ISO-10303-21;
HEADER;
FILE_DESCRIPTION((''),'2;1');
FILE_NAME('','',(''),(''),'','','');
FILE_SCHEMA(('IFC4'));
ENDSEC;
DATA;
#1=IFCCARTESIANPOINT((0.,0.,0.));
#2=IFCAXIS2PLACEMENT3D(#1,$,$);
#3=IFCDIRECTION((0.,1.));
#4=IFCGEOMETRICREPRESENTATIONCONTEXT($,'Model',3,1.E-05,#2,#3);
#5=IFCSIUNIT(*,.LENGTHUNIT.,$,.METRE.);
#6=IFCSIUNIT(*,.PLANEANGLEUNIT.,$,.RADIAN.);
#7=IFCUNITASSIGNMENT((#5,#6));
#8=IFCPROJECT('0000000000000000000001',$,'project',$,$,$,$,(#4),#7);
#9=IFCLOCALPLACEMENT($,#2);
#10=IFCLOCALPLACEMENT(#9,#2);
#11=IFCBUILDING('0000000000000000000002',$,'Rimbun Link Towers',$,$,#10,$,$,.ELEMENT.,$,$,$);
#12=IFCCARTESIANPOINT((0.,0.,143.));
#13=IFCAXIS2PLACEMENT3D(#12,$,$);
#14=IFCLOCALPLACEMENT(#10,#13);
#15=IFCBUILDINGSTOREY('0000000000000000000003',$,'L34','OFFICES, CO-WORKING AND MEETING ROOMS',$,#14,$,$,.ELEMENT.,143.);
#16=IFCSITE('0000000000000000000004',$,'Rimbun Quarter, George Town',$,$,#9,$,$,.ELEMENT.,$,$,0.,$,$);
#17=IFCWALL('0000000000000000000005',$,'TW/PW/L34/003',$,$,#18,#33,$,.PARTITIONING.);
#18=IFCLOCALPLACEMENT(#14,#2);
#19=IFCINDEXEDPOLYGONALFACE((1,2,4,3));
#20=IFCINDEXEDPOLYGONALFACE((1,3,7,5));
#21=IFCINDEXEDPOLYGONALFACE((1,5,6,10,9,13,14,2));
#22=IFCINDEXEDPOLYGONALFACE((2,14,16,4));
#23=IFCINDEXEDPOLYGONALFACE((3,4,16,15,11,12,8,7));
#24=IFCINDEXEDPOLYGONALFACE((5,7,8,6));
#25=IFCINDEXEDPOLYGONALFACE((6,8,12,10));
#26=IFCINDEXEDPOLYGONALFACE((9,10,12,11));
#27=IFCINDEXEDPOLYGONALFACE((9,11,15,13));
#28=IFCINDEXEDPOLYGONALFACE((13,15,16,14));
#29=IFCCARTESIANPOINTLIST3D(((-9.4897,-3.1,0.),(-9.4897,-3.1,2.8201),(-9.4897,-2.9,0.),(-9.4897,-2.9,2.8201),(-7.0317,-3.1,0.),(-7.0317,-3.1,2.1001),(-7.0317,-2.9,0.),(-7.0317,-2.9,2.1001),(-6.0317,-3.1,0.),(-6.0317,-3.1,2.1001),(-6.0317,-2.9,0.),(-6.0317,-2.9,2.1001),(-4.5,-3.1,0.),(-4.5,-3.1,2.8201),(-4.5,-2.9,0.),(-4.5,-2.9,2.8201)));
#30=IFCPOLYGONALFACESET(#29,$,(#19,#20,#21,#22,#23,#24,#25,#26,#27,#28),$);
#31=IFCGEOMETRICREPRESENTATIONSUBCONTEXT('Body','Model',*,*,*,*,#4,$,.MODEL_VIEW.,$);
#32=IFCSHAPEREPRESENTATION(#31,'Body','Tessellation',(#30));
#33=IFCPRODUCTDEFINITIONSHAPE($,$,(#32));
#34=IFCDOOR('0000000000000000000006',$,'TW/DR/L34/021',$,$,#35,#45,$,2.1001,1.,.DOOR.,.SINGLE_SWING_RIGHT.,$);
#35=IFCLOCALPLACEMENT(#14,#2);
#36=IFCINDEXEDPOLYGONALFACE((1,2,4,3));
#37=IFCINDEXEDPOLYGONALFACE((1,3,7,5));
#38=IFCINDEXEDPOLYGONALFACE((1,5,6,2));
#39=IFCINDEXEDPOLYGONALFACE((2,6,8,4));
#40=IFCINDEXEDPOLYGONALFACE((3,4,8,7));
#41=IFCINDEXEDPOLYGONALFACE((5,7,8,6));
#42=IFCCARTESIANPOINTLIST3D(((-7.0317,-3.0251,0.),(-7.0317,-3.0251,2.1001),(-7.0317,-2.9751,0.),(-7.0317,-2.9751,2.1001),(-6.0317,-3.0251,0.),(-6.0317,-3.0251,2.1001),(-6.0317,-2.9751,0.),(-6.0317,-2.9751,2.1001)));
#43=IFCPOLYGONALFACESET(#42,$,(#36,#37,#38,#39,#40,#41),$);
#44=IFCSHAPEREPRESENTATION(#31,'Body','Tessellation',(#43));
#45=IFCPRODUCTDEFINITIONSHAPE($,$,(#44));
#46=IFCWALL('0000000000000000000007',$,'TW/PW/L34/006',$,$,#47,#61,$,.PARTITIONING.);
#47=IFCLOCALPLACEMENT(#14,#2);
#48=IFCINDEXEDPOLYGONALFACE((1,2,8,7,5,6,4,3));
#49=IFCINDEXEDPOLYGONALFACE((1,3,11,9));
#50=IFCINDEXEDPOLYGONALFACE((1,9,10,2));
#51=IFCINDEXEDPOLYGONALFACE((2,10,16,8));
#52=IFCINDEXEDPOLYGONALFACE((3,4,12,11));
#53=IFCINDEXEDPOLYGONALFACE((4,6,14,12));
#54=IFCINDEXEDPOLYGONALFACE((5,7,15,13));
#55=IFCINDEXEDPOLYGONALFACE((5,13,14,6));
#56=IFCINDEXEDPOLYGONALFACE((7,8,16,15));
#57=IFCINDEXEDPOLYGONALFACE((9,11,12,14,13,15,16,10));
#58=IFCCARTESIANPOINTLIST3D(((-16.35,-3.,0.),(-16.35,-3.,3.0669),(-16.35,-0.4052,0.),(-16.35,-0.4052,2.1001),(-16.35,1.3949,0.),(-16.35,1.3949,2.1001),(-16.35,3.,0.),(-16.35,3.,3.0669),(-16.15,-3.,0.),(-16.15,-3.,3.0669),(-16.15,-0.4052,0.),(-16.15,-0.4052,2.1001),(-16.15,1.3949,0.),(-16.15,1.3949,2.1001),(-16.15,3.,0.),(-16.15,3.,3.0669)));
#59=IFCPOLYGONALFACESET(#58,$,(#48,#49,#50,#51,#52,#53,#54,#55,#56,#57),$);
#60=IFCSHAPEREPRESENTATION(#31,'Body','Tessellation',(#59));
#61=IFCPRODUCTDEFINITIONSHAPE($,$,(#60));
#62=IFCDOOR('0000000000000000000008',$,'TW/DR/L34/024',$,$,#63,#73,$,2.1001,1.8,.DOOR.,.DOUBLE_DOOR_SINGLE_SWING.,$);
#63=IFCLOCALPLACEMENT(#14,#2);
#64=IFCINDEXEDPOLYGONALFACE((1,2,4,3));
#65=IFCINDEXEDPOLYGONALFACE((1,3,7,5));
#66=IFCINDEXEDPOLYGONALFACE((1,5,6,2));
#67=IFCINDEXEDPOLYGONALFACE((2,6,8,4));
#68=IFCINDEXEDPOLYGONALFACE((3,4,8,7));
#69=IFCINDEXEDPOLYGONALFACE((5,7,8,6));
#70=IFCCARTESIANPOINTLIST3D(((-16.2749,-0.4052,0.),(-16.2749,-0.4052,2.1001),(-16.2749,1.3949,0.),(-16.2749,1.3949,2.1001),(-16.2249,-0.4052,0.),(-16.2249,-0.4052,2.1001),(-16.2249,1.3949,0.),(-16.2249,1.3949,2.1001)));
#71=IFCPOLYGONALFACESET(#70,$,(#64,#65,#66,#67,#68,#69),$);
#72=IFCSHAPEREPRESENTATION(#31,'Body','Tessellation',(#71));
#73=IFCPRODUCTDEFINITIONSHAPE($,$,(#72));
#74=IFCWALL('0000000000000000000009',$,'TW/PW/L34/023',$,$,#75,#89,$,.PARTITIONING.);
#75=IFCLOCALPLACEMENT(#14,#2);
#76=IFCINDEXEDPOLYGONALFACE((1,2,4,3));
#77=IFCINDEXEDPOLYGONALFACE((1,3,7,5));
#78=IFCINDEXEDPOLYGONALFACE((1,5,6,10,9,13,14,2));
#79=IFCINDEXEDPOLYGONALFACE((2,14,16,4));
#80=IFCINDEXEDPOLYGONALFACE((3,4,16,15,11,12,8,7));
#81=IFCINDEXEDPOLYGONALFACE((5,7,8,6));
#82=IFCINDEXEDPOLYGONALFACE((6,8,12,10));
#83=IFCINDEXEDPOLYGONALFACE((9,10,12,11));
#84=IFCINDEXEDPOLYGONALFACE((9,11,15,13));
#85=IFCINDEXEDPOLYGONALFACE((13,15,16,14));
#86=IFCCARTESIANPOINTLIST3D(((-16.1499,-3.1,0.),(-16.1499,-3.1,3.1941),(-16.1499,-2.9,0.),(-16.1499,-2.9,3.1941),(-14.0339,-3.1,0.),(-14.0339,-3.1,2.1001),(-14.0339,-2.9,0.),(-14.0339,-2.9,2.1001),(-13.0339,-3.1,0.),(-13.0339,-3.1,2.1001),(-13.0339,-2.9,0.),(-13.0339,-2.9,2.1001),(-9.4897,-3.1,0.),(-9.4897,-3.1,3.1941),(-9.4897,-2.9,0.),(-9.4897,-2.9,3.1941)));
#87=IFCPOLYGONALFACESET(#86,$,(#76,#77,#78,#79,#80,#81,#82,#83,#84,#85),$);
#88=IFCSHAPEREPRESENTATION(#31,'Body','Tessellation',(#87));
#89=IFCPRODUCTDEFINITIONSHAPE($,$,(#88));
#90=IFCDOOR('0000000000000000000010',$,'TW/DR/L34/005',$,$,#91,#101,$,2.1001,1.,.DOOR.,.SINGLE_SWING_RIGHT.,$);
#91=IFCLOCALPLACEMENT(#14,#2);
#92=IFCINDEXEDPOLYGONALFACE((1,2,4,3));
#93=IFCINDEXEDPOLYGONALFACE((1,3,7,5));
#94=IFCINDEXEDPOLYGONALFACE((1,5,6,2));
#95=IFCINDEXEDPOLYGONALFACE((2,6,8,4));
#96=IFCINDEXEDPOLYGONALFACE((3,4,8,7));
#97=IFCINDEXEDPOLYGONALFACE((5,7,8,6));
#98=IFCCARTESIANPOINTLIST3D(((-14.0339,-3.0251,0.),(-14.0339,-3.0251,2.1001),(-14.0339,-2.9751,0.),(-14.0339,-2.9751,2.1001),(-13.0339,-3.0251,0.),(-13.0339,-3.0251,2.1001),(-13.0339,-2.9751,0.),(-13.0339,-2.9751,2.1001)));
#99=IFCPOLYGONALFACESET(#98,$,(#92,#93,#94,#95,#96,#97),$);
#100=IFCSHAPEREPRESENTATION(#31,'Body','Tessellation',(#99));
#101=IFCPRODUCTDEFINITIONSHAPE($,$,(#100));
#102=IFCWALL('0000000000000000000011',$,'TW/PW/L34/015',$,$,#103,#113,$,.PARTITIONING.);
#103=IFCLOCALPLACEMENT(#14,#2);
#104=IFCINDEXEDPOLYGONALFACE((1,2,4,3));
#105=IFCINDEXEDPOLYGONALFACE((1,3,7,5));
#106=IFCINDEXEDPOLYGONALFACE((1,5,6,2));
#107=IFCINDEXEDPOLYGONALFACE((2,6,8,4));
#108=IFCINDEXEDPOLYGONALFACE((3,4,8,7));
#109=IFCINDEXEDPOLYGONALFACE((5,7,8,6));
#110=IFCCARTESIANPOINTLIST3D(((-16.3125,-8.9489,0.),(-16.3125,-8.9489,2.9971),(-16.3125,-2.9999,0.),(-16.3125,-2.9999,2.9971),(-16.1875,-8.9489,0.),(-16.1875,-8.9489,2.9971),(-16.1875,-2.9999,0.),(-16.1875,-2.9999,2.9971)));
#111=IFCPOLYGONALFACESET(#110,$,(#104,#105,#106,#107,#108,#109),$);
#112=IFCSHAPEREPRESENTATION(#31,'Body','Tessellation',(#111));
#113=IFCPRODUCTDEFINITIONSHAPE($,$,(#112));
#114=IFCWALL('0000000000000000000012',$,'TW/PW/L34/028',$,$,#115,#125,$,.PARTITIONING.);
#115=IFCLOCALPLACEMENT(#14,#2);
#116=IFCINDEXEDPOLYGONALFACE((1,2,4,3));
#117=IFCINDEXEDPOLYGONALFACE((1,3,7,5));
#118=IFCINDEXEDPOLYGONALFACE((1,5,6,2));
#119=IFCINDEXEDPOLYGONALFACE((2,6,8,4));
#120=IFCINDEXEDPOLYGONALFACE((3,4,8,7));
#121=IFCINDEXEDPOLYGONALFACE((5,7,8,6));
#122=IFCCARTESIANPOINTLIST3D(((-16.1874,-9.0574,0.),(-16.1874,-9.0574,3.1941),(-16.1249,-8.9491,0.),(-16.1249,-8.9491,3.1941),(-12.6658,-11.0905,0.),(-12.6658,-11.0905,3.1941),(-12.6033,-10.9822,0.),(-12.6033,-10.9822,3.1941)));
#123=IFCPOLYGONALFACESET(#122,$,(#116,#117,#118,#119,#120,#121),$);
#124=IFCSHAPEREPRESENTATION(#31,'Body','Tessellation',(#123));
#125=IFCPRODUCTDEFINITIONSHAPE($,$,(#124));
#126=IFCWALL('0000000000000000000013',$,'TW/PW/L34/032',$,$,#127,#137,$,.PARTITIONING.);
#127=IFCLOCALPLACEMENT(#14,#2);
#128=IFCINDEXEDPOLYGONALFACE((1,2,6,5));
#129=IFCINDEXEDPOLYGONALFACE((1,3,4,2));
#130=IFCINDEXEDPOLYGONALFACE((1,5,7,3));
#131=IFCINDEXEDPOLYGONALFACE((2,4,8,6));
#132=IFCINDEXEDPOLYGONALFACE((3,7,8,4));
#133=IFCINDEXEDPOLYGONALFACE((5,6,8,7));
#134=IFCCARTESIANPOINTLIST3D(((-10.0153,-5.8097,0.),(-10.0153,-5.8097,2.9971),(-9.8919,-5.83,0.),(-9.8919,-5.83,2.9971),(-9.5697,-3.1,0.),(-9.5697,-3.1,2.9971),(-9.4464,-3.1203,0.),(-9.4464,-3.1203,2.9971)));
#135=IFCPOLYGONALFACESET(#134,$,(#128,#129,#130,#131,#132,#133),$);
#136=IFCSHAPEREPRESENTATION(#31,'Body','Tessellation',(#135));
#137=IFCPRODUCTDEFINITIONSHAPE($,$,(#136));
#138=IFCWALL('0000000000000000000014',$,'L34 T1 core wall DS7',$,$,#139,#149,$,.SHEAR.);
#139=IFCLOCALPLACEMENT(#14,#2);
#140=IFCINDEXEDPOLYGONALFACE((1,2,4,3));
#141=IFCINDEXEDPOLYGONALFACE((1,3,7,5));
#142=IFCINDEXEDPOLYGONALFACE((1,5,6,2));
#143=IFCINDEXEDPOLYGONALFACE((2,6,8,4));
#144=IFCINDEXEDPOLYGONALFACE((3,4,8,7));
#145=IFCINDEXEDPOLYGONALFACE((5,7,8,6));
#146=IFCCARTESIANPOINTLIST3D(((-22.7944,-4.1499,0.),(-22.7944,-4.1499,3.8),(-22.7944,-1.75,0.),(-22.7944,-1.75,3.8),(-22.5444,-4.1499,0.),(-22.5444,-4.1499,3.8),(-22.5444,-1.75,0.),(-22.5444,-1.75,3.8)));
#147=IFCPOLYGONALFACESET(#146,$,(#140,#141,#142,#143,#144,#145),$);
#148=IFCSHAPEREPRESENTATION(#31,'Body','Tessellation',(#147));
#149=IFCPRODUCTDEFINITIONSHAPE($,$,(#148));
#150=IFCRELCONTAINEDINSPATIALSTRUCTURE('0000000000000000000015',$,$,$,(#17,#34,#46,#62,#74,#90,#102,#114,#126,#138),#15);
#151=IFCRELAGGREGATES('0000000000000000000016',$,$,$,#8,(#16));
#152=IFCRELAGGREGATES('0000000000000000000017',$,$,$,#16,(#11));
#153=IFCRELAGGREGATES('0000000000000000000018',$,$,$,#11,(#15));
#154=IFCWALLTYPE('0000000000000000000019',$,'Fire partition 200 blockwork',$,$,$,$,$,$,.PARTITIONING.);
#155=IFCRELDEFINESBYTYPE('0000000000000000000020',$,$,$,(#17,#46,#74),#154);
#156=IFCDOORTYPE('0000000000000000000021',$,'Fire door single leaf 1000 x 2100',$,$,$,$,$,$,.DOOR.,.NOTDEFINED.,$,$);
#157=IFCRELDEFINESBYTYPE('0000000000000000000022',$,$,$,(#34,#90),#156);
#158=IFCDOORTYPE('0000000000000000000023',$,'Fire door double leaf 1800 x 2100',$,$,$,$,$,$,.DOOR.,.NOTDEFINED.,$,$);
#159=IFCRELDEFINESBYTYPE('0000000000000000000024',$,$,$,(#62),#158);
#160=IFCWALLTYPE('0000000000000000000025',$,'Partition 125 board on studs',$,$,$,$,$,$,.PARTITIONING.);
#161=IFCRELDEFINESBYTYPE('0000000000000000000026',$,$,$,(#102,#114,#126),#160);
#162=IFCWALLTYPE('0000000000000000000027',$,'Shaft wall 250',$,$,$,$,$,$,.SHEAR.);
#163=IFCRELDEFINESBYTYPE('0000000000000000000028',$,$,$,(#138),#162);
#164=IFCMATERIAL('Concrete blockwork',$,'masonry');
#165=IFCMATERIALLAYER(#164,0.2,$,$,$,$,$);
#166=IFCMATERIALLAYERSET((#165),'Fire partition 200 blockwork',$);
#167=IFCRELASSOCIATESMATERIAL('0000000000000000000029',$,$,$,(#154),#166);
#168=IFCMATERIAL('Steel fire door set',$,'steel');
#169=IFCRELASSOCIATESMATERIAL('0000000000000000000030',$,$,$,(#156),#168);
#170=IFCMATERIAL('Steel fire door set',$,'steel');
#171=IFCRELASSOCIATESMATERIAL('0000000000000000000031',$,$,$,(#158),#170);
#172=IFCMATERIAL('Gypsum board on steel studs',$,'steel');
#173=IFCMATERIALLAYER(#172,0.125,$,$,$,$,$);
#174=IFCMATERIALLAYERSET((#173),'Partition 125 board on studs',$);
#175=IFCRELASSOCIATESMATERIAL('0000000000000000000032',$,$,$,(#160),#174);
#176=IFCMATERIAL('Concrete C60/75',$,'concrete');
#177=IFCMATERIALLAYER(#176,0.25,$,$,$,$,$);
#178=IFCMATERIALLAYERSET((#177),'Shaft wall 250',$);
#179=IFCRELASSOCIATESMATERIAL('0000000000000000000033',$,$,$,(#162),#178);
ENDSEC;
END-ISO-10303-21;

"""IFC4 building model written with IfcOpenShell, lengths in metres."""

from ifc_helpers import new_model, si_unit, direction, frame, frame_2d, origin, place, context, subcontext, project, spatial, rectangle, extrude, material, layer, layer_set, type_object, element, fill, save


model = new_model("IFC4")

# Units and contexts
model_context = context("Model", 3, precision=1e-05, world=origin(), true_north=direction((0.0, 1.0)))
body_context = subcontext(model_context, "Body", "Model", "MODEL_VIEW")
ifc_project = project(units=[si_unit("LENGTHUNIT", "METRE"), si_unit("PLANEANGLEUNIT", "RADIAN")], contexts=[model_context])

# Site, building, storey
site_placement = place(None, origin())
site = spatial("IfcSite", under=ifc_project, at=site_placement, Name="Rimbun Quarter, George Town", CompositionType="ELEMENT", RefElevation=0.0)
building_placement = place(site_placement, origin())
building = spatial("IfcBuilding", under=site, at=building_placement, Name="Rimbun Link Towers", CompositionType="ELEMENT")
storey_placement = place(building_placement, frame((0.0, 0.0, 143.0)))
storey = spatial("IfcBuildingStorey", under=building, at=storey_placement, Name="L34", Description="OFFICES, CO-WORKING AND MEETING ROOMS", CompositionType="ELEMENT", Elevation=143.0)

# Walls, openings, doors
ifc_material_1 = material(Name="Concrete blockwork", Category="masonry")
ifc_layer_1 = layer(ifc_material_1, 0.2)
ifc_layer_set_1 = layer_set([ifc_layer_1], Name="Fire partition 200 blockwork")
wall_type_1 = type_object("IfcWallType", Name="Fire partition 200 blockwork", PredefinedType="PARTITIONING", material=ifc_layer_set_1)
wall_1_placement = place(storey_placement, frame((-9.4897, -3.0, 0.0), z_axis=(0.0, 0.0, 1.0), x_axis=(1.0, 0.0, 0.0)))
wall_1 = element("IfcWall", 1, at=wall_1_placement, inside=storey, type_object=wall_type_1, Name="TW/PW/L34/003", PredefinedType="PARTITIONING", context=body_context, shape_type="SweptSolid", body=[
    extrude(rectangle(XDim=4.9897, YDim=0.2, at=frame_2d((2.4949, 0.0))), origin(), (0.0, 0.0, 1.0), 2.8201),
])
opening_1_placement = place(wall_1_placement, frame((2.458, 0.0, 0.0)))
opening_1 = element("IfcOpeningElement", 2, at=opening_1_placement, cuts=wall_1, PredefinedType="OPENING", context=body_context, shape_type="SweptSolid", body=[
    extrude(rectangle(XDim=1.0, YDim=2.1001, at=frame_2d((0.5, 1.05))), frame((0.0, 0.1099, 0.0), z_axis=(0.0, -1.0, 0.0), x_axis=(1.0, 0.0, 0.0)), (0.0, 0.0, 1.0), 0.22),
])
ifc_material_2 = material(Name="Steel fire door set", Category="steel")
door_type_1 = type_object("IfcDoorType", Name="Fire door single leaf 1000 x 2100", OperationType="NOTDEFINED", PredefinedType="DOOR", material=ifc_material_2)
door_1_placement = place(opening_1_placement, origin())
door_1 = element("IfcDoor", 3, at=door_1_placement, inside=storey, type_object=door_type_1, Name="TW/DR/L34/021", OperationType="SINGLE_SWING_RIGHT", OverallHeight=2.1001, OverallWidth=1.0, PredefinedType="DOOR", context=body_context, shape_type="SweptSolid", body=[
    extrude(rectangle(XDim=1.0, YDim=2.1001, at=frame_2d((0.5, 1.05))), frame((0.0, 0.0249, 0.0), z_axis=(0.0, -1.0, 0.0), x_axis=(1.0, 0.0, 0.0)), (0.0, 0.0, 1.0), 0.05),
])
fill(opening_1, door_1)
wall_2_placement = place(storey_placement, frame((-16.25, -3.0, 0.0), z_axis=(0.0, 0.0, 1.0), x_axis=(0.0, 1.0, 0.0)))
wall_2 = element("IfcWall", 4, at=wall_2_placement, inside=storey, type_object=wall_type_1, Name="TW/PW/L34/006", PredefinedType="PARTITIONING", context=body_context, shape_type="SweptSolid", body=[
    extrude(rectangle(XDim=6.0, YDim=0.2, at=frame_2d((3.0, 0.0))), origin(), (0.0, 0.0, 1.0), 3.0669),
])
opening_2_placement = place(wall_2_placement, frame((2.595, 0.0, 0.0)))
opening_2 = element("IfcOpeningElement", 5, at=opening_2_placement, cuts=wall_2, PredefinedType="OPENING", context=body_context, shape_type="SweptSolid", body=[
    extrude(rectangle(XDim=1.8, YDim=2.1001, at=frame_2d((0.8999, 1.05))), frame((0.0, 0.1099, 0.0), z_axis=(0.0, -1.0, 0.0), x_axis=(1.0, 0.0, 0.0)), (0.0, 0.0, 1.0), 0.22),
])
ifc_material_3 = material(Name="Steel fire door set", Category="steel")
door_type_2 = type_object("IfcDoorType", Name="Fire door double leaf 1800 x 2100", OperationType="NOTDEFINED", PredefinedType="DOOR", material=ifc_material_3)
door_2_placement = place(opening_2_placement, origin())
door_2 = element("IfcDoor", 6, at=door_2_placement, inside=storey, type_object=door_type_2, Name="TW/DR/L34/024", OperationType="DOUBLE_DOOR_SINGLE_SWING", OverallHeight=2.1001, OverallWidth=1.8, PredefinedType="DOOR", context=body_context, shape_type="SweptSolid", body=[
    extrude(rectangle(XDim=1.8, YDim=2.1001, at=frame_2d((0.8999, 1.05))), frame((0.0, 0.0249, 0.0), z_axis=(0.0, -1.0, 0.0), x_axis=(1.0, 0.0, 0.0)), (0.0, 0.0, 1.0), 0.05),
])
fill(opening_2, door_2)
wall_3_placement = place(storey_placement, frame((-16.1499, -3.0, 0.0), z_axis=(0.0, 0.0, 1.0), x_axis=(1.0, 0.0, 0.0)))
wall_3 = element("IfcWall", 7, at=wall_3_placement, inside=storey, type_object=wall_type_1, Name="TW/PW/L34/023", PredefinedType="PARTITIONING", context=body_context, shape_type="SweptSolid", body=[
    extrude(rectangle(XDim=6.6602, YDim=0.2, at=frame_2d((3.3301, 0.0))), origin(), (0.0, 0.0, 1.0), 3.1941),
])
opening_3_placement = place(wall_3_placement, frame((2.116, 0.0, 0.0)))
opening_3 = element("IfcOpeningElement", 8, at=opening_3_placement, cuts=wall_3, PredefinedType="OPENING", context=body_context, shape_type="SweptSolid", body=[
    extrude(rectangle(XDim=1.0, YDim=2.1001, at=frame_2d((0.5, 1.05))), frame((0.0, 0.1099, 0.0), z_axis=(0.0, -1.0, 0.0), x_axis=(1.0, 0.0, 0.0)), (0.0, 0.0, 1.0), 0.22),
])
door_3_placement = place(opening_3_placement, origin())
door_3 = element("IfcDoor", 9, at=door_3_placement, inside=storey, type_object=door_type_1, Name="TW/DR/L34/005", OperationType="SINGLE_SWING_RIGHT", OverallHeight=2.1001, OverallWidth=1.0, PredefinedType="DOOR", context=body_context, shape_type="SweptSolid", body=[
    extrude(rectangle(XDim=1.0, YDim=2.1001, at=frame_2d((0.5, 1.05))), frame((0.0, 0.0249, 0.0), z_axis=(0.0, -1.0, 0.0), x_axis=(1.0, 0.0, 0.0)), (0.0, 0.0, 1.0), 0.05),
])
fill(opening_3, door_3)

# Walls
ifc_material_4 = material(Name="Gypsum board on steel studs", Category="steel")
ifc_layer_2 = layer(ifc_material_4, 0.125)
ifc_layer_set_2 = layer_set([ifc_layer_2], Name="Partition 125 board on studs")
wall_type_2 = type_object("IfcWallType", Name="Partition 125 board on studs", PredefinedType="PARTITIONING", material=ifc_layer_set_2)
wall_4_placement = place(storey_placement, frame((-16.25, -8.949, 0.0), z_axis=(0.0, 0.0, 1.0), x_axis=(0.0, 1.0, 0.0)))
element("IfcWall", 10, at=wall_4_placement, inside=storey, type_object=wall_type_2, Name="TW/PW/L34/015", PredefinedType="PARTITIONING", context=body_context, shape_type="SweptSolid", body=[
    extrude(rectangle(XDim=5.949, YDim=0.125, at=frame_2d((2.9746, 0.0))), origin(), (0.0, 0.0, 1.0), 2.9971),
])
wall_5_placement = place(storey_placement, frame((-12.6345, -11.0364, 0.0), z_axis=(0.0, 0.0, 1.0), x_axis=(-0.866033, 0.499987, 0.0)))
element("IfcWall", 11, at=wall_5_placement, inside=storey, type_object=wall_type_2, Name="TW/PW/L34/028", PredefinedType="PARTITIONING", context=body_context, shape_type="SweptSolid", body=[
    extrude(rectangle(XDim=4.0664, YDim=0.125, at=frame_2d((2.0332, 0.0))), origin(), (0.0, 0.0, 1.0), 3.1941),
])
wall_6_placement = place(storey_placement, frame((-9.9536, -5.8198, 0.0), z_axis=(0.0, 0.0, 1.0), x_axis=(0.16225, 0.98675, 0.0)))
element("IfcWall", 12, at=wall_6_placement, inside=storey, type_object=wall_type_2, Name="TW/PW/L34/032", PredefinedType="PARTITIONING", context=body_context, shape_type="SweptSolid", body=[
    extrude(rectangle(XDim=2.7461, YDim=0.125, at=frame_2d((1.373, 0.0))), origin(), (0.0, 0.0, 1.0), 2.9971),
])
ifc_material_5 = material(Name="Concrete C60/75", Category="concrete")
ifc_layer_3 = layer(ifc_material_5, 0.25)
ifc_layer_set_3 = layer_set([ifc_layer_3], Name="Shaft wall 250")
wall_type_3 = type_object("IfcWallType", Name="Shaft wall 250", PredefinedType="SHEAR", material=ifc_layer_set_3)
wall_7_placement = place(storey_placement, frame((-22.6694, -4.1499, 0.0), z_axis=(0.0, 0.0, 1.0), x_axis=(0.0, 1.0, 0.0)))
element("IfcWall", 13, at=wall_7_placement, inside=storey, type_object=wall_type_3, Name="L34 T1 core wall DS7", PredefinedType="SHEAR", context=body_context, shape_type="SweptSolid", body=[
    extrude(rectangle(XDim=2.3999, YDim=0.25, at=frame_2d((1.2, 0.0))), origin(), (0.0, 0.0, 1.0), 3.8),
])

save(model, "model.ifc")
